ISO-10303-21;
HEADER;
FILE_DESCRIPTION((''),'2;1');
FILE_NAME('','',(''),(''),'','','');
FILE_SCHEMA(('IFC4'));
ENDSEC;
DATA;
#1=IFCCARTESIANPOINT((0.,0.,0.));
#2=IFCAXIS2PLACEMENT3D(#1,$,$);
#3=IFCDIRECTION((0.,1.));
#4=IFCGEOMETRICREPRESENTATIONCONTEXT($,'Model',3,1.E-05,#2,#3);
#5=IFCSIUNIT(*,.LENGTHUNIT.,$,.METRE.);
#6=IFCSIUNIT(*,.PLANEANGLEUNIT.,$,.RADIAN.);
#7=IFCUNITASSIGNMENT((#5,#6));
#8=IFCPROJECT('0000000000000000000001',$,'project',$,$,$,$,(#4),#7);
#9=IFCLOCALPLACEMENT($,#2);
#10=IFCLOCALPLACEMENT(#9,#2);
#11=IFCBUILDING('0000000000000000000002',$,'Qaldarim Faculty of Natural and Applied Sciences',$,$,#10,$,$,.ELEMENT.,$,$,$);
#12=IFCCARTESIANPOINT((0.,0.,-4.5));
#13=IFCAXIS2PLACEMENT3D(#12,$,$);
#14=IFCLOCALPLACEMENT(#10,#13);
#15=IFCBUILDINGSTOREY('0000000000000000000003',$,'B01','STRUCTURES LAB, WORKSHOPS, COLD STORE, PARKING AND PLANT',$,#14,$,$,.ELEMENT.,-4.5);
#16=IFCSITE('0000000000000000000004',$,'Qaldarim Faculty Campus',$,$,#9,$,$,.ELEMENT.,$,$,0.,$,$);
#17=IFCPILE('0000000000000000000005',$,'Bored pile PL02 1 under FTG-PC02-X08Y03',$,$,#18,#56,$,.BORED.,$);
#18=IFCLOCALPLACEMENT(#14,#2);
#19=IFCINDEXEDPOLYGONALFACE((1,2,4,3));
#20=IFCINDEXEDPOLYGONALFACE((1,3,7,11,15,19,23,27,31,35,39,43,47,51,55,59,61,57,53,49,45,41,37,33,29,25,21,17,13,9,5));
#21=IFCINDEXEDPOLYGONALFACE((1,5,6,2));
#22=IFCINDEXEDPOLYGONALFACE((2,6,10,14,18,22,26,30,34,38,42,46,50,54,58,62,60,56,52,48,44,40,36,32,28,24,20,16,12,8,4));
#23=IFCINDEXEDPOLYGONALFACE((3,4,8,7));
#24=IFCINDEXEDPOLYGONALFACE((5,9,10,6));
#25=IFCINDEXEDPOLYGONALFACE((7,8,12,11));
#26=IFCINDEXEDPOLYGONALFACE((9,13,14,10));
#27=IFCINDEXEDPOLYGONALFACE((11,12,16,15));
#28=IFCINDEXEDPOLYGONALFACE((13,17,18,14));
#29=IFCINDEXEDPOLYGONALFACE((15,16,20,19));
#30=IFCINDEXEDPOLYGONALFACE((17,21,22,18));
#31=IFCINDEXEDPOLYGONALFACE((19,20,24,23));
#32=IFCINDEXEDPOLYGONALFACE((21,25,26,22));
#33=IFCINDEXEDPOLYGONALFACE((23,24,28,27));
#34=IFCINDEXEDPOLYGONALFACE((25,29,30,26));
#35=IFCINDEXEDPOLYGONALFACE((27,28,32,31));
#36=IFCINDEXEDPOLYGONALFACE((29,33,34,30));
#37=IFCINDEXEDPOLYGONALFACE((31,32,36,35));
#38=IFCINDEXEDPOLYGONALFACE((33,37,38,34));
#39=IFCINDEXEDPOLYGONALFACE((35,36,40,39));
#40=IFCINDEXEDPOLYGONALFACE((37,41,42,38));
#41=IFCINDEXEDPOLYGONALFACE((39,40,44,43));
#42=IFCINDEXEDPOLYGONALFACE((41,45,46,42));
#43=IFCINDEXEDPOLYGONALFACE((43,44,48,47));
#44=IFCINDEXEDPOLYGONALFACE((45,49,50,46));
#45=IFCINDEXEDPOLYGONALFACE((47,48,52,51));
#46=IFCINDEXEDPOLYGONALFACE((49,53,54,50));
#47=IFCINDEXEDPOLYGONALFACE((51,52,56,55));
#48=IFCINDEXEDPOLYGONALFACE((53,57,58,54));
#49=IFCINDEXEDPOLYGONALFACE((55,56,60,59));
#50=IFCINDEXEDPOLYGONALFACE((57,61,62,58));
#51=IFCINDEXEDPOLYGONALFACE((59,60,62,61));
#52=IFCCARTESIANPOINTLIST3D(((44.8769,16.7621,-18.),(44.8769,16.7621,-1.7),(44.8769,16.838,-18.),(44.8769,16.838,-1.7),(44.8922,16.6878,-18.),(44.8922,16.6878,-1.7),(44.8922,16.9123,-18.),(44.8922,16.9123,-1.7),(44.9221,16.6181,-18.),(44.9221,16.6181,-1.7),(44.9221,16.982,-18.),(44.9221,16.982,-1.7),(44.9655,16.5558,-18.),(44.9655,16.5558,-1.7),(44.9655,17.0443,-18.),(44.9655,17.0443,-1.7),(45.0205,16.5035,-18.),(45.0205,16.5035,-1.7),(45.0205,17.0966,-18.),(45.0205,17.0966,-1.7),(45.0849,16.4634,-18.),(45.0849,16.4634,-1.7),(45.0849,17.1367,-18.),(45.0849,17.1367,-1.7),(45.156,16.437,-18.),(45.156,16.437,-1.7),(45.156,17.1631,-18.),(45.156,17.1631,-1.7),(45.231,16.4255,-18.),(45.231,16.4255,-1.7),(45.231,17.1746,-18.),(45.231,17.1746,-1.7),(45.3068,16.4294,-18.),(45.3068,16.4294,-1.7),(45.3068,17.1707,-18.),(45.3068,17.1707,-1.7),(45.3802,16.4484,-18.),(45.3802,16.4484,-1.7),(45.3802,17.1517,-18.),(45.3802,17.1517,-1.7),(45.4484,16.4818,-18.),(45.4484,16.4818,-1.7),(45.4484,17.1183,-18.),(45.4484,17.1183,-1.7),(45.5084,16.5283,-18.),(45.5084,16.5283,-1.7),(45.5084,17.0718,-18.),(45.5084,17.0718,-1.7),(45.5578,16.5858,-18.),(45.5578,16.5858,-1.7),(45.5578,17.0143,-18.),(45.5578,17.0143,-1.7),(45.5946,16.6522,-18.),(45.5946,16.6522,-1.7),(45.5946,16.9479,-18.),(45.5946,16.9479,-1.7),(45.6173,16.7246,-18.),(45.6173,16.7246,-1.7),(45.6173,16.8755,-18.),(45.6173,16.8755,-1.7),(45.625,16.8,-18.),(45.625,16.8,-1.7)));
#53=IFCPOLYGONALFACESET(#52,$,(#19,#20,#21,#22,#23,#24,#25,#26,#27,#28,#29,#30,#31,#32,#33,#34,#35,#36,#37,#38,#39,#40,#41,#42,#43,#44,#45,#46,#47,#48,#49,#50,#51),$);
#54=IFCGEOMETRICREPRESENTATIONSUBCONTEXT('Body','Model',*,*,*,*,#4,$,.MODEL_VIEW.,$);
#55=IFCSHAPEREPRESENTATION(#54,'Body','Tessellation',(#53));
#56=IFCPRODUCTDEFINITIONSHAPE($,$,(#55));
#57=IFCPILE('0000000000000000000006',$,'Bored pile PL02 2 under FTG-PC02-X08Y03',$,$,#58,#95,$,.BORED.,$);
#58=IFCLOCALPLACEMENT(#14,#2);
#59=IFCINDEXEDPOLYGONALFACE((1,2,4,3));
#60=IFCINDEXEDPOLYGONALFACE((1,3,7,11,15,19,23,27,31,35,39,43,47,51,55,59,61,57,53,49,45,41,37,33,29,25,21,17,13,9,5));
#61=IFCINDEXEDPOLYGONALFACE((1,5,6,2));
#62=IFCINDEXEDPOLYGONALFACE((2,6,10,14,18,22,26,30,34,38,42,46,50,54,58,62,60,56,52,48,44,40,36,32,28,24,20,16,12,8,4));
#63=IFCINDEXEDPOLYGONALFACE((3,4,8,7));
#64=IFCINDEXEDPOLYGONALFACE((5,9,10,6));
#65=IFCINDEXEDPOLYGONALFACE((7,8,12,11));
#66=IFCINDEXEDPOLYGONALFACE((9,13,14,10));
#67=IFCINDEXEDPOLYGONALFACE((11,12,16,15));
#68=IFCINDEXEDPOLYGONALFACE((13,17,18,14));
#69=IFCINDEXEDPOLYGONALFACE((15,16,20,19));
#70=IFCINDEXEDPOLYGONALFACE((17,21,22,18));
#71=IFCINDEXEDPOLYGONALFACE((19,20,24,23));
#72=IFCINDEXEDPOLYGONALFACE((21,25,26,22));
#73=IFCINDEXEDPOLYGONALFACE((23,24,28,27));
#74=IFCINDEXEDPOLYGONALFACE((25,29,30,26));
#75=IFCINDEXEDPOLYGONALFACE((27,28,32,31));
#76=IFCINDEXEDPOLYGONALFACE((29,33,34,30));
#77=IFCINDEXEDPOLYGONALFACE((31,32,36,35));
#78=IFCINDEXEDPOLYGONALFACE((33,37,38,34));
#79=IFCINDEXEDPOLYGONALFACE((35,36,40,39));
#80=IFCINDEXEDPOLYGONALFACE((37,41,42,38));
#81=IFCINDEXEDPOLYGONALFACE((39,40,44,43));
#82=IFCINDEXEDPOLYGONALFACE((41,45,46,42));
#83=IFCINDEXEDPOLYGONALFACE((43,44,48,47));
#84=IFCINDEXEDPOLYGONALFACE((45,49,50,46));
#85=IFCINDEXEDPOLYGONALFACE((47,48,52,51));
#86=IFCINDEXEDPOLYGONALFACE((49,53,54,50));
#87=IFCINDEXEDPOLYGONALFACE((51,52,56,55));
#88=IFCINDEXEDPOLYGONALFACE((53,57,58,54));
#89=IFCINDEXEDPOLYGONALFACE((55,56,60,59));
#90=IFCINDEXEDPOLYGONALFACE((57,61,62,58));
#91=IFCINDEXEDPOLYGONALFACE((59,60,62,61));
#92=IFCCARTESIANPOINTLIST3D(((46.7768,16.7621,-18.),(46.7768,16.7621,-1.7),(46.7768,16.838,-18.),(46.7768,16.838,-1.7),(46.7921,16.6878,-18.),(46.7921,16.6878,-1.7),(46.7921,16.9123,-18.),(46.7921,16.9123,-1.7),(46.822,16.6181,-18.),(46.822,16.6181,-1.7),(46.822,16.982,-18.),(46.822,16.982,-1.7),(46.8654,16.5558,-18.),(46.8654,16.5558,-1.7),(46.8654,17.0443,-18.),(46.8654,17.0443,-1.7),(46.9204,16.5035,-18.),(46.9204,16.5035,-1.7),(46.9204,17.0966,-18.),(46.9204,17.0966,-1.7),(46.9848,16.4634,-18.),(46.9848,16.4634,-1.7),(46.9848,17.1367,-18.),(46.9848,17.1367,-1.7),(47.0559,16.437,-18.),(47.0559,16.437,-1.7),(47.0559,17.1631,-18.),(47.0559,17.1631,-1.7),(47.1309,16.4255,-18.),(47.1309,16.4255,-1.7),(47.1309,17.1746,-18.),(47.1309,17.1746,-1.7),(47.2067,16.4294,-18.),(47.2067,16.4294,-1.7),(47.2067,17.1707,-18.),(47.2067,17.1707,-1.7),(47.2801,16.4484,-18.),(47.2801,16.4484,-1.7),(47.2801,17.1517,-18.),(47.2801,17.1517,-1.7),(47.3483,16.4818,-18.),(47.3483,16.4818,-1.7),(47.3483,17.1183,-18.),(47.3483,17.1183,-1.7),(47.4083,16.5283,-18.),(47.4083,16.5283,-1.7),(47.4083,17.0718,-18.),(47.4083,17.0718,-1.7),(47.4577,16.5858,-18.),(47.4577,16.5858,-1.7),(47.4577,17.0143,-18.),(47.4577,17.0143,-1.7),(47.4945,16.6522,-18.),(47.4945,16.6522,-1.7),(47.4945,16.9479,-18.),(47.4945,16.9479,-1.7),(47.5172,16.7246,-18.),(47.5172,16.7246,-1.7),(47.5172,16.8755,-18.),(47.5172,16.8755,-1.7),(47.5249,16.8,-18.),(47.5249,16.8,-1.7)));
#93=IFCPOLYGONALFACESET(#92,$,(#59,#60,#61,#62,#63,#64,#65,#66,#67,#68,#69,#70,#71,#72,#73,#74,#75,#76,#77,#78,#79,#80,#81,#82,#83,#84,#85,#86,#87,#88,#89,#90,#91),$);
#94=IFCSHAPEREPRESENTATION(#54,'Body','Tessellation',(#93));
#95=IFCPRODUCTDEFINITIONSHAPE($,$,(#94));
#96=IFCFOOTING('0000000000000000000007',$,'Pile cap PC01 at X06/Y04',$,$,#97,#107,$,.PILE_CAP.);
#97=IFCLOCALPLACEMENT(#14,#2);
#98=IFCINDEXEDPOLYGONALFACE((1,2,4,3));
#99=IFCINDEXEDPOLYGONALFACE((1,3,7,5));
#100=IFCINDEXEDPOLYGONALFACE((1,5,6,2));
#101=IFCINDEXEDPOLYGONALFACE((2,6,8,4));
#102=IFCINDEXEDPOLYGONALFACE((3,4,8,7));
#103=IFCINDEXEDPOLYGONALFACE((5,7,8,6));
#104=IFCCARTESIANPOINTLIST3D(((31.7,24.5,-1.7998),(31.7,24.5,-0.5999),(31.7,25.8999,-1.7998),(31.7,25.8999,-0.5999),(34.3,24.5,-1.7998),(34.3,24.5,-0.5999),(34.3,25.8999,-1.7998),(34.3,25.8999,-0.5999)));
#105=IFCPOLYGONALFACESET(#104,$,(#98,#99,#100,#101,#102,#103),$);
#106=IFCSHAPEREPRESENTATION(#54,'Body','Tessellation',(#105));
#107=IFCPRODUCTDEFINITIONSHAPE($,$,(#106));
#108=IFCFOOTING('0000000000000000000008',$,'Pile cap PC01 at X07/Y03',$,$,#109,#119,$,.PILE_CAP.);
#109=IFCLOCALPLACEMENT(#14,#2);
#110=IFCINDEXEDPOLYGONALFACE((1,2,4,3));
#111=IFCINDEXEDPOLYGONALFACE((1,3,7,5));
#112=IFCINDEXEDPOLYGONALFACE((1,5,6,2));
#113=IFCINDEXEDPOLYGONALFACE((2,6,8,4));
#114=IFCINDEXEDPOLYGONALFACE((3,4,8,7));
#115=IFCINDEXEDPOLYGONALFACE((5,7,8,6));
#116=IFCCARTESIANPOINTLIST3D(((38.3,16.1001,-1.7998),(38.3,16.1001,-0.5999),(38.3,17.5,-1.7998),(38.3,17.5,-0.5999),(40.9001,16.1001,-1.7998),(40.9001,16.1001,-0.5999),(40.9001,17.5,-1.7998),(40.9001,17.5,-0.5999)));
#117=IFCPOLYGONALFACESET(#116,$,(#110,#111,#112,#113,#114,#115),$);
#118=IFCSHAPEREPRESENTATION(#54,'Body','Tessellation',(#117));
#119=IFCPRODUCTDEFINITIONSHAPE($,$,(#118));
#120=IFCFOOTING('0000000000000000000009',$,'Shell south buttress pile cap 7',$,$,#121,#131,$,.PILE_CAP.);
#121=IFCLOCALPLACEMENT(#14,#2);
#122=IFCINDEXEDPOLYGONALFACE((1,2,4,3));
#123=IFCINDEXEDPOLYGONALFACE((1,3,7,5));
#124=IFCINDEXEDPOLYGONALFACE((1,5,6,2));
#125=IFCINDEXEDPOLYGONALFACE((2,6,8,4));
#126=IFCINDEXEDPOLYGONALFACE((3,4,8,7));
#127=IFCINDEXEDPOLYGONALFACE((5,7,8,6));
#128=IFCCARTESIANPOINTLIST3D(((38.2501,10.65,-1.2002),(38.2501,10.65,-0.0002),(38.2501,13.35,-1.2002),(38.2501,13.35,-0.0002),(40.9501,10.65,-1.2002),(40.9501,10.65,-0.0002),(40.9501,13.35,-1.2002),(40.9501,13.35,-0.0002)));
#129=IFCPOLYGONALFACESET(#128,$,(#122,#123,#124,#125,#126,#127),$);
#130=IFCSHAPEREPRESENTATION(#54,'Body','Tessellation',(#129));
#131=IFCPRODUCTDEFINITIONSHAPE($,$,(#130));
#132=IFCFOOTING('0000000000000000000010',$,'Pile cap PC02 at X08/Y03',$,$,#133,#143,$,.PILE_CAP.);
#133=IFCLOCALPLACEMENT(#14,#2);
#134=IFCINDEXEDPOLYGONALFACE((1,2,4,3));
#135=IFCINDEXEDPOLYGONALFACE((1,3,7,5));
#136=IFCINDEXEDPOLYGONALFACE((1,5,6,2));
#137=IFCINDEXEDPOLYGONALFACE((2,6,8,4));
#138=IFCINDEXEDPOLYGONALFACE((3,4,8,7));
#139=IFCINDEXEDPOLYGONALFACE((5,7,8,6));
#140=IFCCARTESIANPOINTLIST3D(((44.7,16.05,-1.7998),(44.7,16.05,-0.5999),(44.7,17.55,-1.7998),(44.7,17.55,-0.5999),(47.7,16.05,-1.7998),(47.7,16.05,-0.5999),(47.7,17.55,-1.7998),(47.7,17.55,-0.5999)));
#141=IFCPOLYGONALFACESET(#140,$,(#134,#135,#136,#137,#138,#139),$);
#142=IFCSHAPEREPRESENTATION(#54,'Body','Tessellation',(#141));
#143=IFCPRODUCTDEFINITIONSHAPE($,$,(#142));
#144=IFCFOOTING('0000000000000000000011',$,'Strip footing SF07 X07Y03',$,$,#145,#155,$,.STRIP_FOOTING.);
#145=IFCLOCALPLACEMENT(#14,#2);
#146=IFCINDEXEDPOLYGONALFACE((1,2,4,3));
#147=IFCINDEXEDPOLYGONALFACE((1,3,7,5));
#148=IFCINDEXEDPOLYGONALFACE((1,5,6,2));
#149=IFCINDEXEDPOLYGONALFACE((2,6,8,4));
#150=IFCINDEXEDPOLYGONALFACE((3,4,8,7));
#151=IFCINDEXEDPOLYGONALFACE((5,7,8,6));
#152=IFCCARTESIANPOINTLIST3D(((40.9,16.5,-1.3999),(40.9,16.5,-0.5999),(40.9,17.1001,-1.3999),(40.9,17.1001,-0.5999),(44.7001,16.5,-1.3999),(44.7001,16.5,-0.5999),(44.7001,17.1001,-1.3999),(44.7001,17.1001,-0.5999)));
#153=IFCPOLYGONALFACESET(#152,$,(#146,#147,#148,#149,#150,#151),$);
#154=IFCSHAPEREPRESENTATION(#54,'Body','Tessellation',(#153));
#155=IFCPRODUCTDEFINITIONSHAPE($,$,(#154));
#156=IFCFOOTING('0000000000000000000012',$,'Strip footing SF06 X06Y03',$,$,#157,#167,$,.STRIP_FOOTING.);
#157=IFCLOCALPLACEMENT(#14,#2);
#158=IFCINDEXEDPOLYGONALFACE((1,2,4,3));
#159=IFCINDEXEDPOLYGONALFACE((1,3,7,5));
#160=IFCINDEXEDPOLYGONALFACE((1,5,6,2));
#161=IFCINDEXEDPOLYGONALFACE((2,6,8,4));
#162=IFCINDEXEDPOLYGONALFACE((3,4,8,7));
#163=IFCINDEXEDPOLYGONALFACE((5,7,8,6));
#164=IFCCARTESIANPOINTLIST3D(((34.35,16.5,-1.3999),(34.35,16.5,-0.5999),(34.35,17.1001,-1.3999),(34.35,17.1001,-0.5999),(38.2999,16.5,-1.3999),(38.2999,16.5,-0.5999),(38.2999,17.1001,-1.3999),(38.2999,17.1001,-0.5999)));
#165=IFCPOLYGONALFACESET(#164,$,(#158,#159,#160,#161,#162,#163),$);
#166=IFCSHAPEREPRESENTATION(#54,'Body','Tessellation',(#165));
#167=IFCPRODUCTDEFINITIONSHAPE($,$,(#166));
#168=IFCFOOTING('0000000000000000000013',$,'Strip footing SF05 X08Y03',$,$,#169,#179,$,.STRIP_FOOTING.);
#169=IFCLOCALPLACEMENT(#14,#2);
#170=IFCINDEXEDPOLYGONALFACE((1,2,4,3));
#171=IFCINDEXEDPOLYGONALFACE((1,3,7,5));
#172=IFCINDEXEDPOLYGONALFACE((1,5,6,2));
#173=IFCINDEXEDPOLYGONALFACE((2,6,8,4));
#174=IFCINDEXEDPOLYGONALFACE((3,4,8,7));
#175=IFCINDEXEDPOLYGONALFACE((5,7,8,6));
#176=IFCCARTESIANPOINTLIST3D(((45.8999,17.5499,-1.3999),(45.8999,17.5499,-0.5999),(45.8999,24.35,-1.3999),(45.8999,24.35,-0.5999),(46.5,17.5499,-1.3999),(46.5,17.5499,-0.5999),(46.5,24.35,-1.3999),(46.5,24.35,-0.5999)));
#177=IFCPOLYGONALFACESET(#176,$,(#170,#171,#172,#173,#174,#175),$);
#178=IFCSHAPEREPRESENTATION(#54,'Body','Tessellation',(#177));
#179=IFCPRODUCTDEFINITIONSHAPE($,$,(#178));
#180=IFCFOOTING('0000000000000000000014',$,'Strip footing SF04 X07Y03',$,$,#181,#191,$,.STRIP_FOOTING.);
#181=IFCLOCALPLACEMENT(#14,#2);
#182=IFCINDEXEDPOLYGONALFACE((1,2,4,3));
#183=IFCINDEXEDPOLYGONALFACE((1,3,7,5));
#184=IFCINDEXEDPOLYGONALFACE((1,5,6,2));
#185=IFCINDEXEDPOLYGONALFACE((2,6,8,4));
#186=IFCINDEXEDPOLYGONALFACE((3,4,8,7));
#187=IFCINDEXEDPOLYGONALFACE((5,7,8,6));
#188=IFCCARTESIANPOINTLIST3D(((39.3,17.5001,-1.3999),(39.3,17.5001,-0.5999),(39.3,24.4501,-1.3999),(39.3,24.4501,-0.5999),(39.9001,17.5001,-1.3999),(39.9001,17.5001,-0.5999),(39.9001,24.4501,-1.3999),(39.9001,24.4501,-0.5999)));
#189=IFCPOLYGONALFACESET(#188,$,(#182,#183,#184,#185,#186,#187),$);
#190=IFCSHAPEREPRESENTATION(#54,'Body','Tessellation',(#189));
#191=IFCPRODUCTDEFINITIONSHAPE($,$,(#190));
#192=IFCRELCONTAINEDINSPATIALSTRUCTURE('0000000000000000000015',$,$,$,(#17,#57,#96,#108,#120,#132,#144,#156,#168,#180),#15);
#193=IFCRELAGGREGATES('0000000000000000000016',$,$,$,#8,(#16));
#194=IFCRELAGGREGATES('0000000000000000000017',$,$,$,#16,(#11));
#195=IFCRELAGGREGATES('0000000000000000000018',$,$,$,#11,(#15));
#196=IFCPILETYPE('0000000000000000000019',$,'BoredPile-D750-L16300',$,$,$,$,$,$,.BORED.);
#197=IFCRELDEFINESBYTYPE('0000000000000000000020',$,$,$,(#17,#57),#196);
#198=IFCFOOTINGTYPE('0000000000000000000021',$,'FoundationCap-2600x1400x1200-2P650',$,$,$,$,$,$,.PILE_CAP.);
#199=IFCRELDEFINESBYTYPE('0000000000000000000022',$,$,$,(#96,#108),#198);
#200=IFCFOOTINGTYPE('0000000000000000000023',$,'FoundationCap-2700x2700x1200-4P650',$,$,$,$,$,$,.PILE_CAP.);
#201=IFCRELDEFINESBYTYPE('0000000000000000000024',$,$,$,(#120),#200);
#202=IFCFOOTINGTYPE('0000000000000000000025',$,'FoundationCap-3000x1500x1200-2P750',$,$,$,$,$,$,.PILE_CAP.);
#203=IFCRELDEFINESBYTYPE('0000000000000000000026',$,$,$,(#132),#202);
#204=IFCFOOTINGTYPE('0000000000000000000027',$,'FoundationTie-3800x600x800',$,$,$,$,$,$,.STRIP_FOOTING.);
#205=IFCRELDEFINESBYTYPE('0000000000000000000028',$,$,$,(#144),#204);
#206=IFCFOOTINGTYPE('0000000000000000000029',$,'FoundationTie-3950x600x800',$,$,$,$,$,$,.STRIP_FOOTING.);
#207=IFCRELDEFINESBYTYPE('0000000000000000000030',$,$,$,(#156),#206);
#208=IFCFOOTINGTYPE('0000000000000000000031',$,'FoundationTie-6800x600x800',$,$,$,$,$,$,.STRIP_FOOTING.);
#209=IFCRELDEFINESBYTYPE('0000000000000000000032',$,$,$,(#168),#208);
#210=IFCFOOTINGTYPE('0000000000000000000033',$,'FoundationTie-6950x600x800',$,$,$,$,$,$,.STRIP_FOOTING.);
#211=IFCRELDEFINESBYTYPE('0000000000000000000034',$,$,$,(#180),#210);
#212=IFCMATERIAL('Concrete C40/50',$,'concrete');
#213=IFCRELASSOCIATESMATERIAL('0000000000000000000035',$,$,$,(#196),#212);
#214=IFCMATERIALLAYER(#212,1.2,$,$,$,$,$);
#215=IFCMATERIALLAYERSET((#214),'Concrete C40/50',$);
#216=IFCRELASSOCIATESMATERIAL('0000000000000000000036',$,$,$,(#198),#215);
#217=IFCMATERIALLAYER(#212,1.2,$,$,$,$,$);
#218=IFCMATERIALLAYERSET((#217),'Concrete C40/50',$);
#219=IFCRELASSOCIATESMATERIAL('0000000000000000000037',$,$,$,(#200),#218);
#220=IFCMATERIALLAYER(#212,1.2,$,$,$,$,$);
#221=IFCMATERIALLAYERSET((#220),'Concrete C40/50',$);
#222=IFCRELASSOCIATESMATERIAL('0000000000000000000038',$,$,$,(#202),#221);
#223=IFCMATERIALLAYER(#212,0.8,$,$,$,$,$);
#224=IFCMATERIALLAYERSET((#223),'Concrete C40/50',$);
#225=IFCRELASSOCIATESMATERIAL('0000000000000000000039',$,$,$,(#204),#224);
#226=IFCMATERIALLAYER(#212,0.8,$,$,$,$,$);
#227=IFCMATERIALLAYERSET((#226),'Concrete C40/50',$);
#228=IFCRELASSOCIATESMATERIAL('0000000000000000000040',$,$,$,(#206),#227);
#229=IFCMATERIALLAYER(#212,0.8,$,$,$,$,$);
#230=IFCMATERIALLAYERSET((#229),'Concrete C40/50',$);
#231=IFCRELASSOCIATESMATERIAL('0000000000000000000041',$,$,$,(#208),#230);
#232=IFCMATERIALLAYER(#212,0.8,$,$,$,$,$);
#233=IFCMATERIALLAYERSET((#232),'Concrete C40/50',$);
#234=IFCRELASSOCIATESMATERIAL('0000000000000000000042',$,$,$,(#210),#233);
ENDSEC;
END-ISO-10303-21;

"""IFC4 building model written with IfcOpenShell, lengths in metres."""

from ifc_helpers import new_model, si_unit, direction, frame, origin, origin_2d, place, context, subcontext, project, spatial, rectangle, circle, extrude, material, layer, layer_set, material_profile, profile_set, type_object, element, save


model = new_model("IFC4")

# Units and contexts
model_context = context("Model", 3, precision=1e-05, world=origin(), true_north=direction((0.0, 1.0)))
body_context = subcontext(model_context, "Body", "Model", "MODEL_VIEW")
ifc_project = project(units=[si_unit("LENGTHUNIT", "METRE"), si_unit("PLANEANGLEUNIT", "RADIAN")], contexts=[model_context])

# Site, building, storey
site_placement = place(None, origin())
site = spatial("IfcSite", under=ifc_project, at=site_placement, Name="Qaldarim Faculty Campus", CompositionType="ELEMENT", RefElevation=0.0)
building_placement = place(site_placement, origin())
building = spatial("IfcBuilding", under=site, at=building_placement, Name="Qaldarim Faculty of Natural and Applied Sciences", CompositionType="ELEMENT")
storey_placement = place(building_placement, frame((0.0, 0.0, -4.5)))
storey = spatial("IfcBuildingStorey", under=building, at=storey_placement, Name="B01", Description="STRUCTURES LAB, WORKSHOPS, COLD STORE, PARKING AND PLANT", CompositionType="ELEMENT", Elevation=-4.5)

# Piles
ifc_material_1 = material(Name="Concrete C40/50", Category="concrete")
ifc_material_profile_1 = material_profile(ifc_material_1, circle(Radius=0.375, at=origin_2d()), Name="PILE-D750")
ifc_profile_set_1 = profile_set([ifc_material_profile_1], Name="Concrete C40/50")
pile_type_1 = type_object("IfcPileType", Name="BoredPile-D750-L16300", PredefinedType="BORED", material=ifc_profile_set_1)
for number, where, z_axis, x_axis, name in (
    (1, (45.25, 16.8, -1.7), (0.0, 0.0, -1.0), (1.0, 0.0, 0.0), "Bored pile PL02 1 under FTG-PC02-X08Y03"),
    (2, (47.1499, 16.8, -1.7), (0.0, 0.0, -1.0), (1.0, 0.0, 0.0), "Bored pile PL02 2 under FTG-PC02-X08Y03"),
):
    element("IfcPile", number, at=place(storey_placement, frame(where, z_axis=z_axis, x_axis=x_axis)), inside=storey, type_object=pile_type_1, Name=name, PredefinedType="BORED", context=body_context, shape_type="SweptSolid", body=[
        extrude(circle(Radius=0.375, at=origin_2d()), origin(), (0.0, 0.0, 1.0), 16.3),
    ])

# Footings
ifc_layer_1 = layer(ifc_material_1, 1.2)
ifc_layer_set_1 = layer_set([ifc_layer_1], Name="Concrete C40/50")
footing_type_1 = type_object("IfcFootingType", Name="FoundationCap-2600x1400x1200-2P650", PredefinedType="PILE_CAP", material=ifc_layer_set_1)
for number, where, z_axis, x_axis, name in (
    (3, (33.0, 25.2, -1.7998), (0.0, 0.0, 1.0), (1.0, 0.0, 0.0), "Pile cap PC01 at X06/Y04"),
    (4, (39.6001, 16.8, -1.7998), (0.0, 0.0, 1.0), (1.0, 0.0, 0.0), "Pile cap PC01 at X07/Y03"),
):
    element("IfcFooting", number, at=place(storey_placement, frame(where, z_axis=z_axis, x_axis=x_axis)), inside=storey, type_object=footing_type_1, Name=name, PredefinedType="PILE_CAP", context=body_context, shape_type="SweptSolid", body=[
        extrude(rectangle(XDim=2.6001, YDim=1.3999, at=origin_2d()), origin(), (0.0, 0.0, 1.0), 1.2),
    ])
ifc_layer_2 = layer(ifc_material_1, 1.2)
ifc_layer_set_2 = layer_set([ifc_layer_2], Name="Concrete C40/50")
footing_type_2 = type_object("IfcFootingType", Name="FoundationCap-2700x2700x1200-4P650", PredefinedType="PILE_CAP", material=ifc_layer_set_2)
footing_1_placement = place(storey_placement, frame((39.6001, 12.0, -1.2002), z_axis=(0.0, 0.0, 1.0), x_axis=(1.0, 0.0, 0.0)))
element("IfcFooting", 5, at=footing_1_placement, inside=storey, type_object=footing_type_2, Name="Shell south buttress pile cap 7", PredefinedType="PILE_CAP", context=body_context, shape_type="SweptSolid", body=[
    extrude(rectangle(XDim=2.7, YDim=2.7, at=origin_2d()), origin(), (0.0, 0.0, 1.0), 1.2),
])
ifc_layer_3 = layer(ifc_material_1, 1.2)
ifc_layer_set_3 = layer_set([ifc_layer_3], Name="Concrete C40/50")
footing_type_3 = type_object("IfcFootingType", Name="FoundationCap-3000x1500x1200-2P750", PredefinedType="PILE_CAP", material=ifc_layer_set_3)
footing_2_placement = place(storey_placement, frame((46.2, 16.8, -1.7998), z_axis=(0.0, 0.0, 1.0), x_axis=(1.0, 0.0, 0.0)))
element("IfcFooting", 6, at=footing_2_placement, inside=storey, type_object=footing_type_3, Name="Pile cap PC02 at X08/Y03", PredefinedType="PILE_CAP", context=body_context, shape_type="SweptSolid", body=[
    extrude(rectangle(XDim=3.0, YDim=1.5, at=origin_2d()), origin(), (0.0, 0.0, 1.0), 1.2),
])
ifc_layer_4 = layer(ifc_material_1, 0.8)
ifc_layer_set_4 = layer_set([ifc_layer_4], Name="Concrete C40/50")
footing_type_4 = type_object("IfcFootingType", Name="FoundationTie-3800x600x800", PredefinedType="STRIP_FOOTING", material=ifc_layer_set_4)
footing_3_placement = place(storey_placement, frame((42.8, 16.8, -1.3999), z_axis=(0.0, 0.0, 1.0), x_axis=(1.0, 0.0, 0.0)))
element("IfcFooting", 7, at=footing_3_placement, inside=storey, type_object=footing_type_4, Name="Strip footing SF07 X07Y03", PredefinedType="STRIP_FOOTING", context=body_context, shape_type="SweptSolid", body=[
    extrude(rectangle(XDim=3.8, YDim=0.6001, at=origin_2d()), origin(), (0.0, 0.0, 1.0), 0.8),
])
ifc_layer_5 = layer(ifc_material_1, 0.8)
ifc_layer_set_5 = layer_set([ifc_layer_5], Name="Concrete C40/50")
footing_type_5 = type_object("IfcFootingType", Name="FoundationTie-3950x600x800", PredefinedType="STRIP_FOOTING", material=ifc_layer_set_5)
footing_4_placement = place(storey_placement, frame((36.325, 16.8, -1.3999), z_axis=(0.0, 0.0, 1.0), x_axis=(1.0, 0.0, 0.0)))
element("IfcFooting", 8, at=footing_4_placement, inside=storey, type_object=footing_type_5, Name="Strip footing SF06 X06Y03", PredefinedType="STRIP_FOOTING", context=body_context, shape_type="SweptSolid", body=[
    extrude(rectangle(XDim=3.95, YDim=0.6001, at=origin_2d()), origin(), (0.0, 0.0, 1.0), 0.8),
])
ifc_layer_6 = layer(ifc_material_1, 0.8)
ifc_layer_set_6 = layer_set([ifc_layer_6], Name="Concrete C40/50")
footing_type_6 = type_object("IfcFootingType", Name="FoundationTie-6800x600x800", PredefinedType="STRIP_FOOTING", material=ifc_layer_set_6)
footing_5_placement = place(storey_placement, frame((46.2, 20.95, -1.3999), z_axis=(0.0, 0.0, 1.0), x_axis=(0.0, 1.0, 0.0)))
element("IfcFooting", 9, at=footing_5_placement, inside=storey, type_object=footing_type_6, Name="Strip footing SF05 X08Y03", PredefinedType="STRIP_FOOTING", context=body_context, shape_type="SweptSolid", body=[
    extrude(rectangle(XDim=6.8, YDim=0.6001, at=origin_2d()), origin(), (0.0, 0.0, 1.0), 0.8),
])
ifc_layer_7 = layer(ifc_material_1, 0.8)
ifc_layer_set_7 = layer_set([ifc_layer_7], Name="Concrete C40/50")
footing_type_7 = type_object("IfcFootingType", Name="FoundationTie-6950x600x800", PredefinedType="STRIP_FOOTING", material=ifc_layer_set_7)
footing_6_placement = place(storey_placement, frame((39.6001, 20.9751, -1.3999), z_axis=(0.0, 0.0, 1.0), x_axis=(0.0, 1.0, 0.0)))
element("IfcFooting", 10, at=footing_6_placement, inside=storey, type_object=footing_type_7, Name="Strip footing SF04 X07Y03", PredefinedType="STRIP_FOOTING", context=body_context, shape_type="SweptSolid", body=[
    extrude(rectangle(XDim=6.95, YDim=0.6001, at=origin_2d()), origin(), (0.0, 0.0, 1.0), 0.8),
])

save(model, "model.ifc")
